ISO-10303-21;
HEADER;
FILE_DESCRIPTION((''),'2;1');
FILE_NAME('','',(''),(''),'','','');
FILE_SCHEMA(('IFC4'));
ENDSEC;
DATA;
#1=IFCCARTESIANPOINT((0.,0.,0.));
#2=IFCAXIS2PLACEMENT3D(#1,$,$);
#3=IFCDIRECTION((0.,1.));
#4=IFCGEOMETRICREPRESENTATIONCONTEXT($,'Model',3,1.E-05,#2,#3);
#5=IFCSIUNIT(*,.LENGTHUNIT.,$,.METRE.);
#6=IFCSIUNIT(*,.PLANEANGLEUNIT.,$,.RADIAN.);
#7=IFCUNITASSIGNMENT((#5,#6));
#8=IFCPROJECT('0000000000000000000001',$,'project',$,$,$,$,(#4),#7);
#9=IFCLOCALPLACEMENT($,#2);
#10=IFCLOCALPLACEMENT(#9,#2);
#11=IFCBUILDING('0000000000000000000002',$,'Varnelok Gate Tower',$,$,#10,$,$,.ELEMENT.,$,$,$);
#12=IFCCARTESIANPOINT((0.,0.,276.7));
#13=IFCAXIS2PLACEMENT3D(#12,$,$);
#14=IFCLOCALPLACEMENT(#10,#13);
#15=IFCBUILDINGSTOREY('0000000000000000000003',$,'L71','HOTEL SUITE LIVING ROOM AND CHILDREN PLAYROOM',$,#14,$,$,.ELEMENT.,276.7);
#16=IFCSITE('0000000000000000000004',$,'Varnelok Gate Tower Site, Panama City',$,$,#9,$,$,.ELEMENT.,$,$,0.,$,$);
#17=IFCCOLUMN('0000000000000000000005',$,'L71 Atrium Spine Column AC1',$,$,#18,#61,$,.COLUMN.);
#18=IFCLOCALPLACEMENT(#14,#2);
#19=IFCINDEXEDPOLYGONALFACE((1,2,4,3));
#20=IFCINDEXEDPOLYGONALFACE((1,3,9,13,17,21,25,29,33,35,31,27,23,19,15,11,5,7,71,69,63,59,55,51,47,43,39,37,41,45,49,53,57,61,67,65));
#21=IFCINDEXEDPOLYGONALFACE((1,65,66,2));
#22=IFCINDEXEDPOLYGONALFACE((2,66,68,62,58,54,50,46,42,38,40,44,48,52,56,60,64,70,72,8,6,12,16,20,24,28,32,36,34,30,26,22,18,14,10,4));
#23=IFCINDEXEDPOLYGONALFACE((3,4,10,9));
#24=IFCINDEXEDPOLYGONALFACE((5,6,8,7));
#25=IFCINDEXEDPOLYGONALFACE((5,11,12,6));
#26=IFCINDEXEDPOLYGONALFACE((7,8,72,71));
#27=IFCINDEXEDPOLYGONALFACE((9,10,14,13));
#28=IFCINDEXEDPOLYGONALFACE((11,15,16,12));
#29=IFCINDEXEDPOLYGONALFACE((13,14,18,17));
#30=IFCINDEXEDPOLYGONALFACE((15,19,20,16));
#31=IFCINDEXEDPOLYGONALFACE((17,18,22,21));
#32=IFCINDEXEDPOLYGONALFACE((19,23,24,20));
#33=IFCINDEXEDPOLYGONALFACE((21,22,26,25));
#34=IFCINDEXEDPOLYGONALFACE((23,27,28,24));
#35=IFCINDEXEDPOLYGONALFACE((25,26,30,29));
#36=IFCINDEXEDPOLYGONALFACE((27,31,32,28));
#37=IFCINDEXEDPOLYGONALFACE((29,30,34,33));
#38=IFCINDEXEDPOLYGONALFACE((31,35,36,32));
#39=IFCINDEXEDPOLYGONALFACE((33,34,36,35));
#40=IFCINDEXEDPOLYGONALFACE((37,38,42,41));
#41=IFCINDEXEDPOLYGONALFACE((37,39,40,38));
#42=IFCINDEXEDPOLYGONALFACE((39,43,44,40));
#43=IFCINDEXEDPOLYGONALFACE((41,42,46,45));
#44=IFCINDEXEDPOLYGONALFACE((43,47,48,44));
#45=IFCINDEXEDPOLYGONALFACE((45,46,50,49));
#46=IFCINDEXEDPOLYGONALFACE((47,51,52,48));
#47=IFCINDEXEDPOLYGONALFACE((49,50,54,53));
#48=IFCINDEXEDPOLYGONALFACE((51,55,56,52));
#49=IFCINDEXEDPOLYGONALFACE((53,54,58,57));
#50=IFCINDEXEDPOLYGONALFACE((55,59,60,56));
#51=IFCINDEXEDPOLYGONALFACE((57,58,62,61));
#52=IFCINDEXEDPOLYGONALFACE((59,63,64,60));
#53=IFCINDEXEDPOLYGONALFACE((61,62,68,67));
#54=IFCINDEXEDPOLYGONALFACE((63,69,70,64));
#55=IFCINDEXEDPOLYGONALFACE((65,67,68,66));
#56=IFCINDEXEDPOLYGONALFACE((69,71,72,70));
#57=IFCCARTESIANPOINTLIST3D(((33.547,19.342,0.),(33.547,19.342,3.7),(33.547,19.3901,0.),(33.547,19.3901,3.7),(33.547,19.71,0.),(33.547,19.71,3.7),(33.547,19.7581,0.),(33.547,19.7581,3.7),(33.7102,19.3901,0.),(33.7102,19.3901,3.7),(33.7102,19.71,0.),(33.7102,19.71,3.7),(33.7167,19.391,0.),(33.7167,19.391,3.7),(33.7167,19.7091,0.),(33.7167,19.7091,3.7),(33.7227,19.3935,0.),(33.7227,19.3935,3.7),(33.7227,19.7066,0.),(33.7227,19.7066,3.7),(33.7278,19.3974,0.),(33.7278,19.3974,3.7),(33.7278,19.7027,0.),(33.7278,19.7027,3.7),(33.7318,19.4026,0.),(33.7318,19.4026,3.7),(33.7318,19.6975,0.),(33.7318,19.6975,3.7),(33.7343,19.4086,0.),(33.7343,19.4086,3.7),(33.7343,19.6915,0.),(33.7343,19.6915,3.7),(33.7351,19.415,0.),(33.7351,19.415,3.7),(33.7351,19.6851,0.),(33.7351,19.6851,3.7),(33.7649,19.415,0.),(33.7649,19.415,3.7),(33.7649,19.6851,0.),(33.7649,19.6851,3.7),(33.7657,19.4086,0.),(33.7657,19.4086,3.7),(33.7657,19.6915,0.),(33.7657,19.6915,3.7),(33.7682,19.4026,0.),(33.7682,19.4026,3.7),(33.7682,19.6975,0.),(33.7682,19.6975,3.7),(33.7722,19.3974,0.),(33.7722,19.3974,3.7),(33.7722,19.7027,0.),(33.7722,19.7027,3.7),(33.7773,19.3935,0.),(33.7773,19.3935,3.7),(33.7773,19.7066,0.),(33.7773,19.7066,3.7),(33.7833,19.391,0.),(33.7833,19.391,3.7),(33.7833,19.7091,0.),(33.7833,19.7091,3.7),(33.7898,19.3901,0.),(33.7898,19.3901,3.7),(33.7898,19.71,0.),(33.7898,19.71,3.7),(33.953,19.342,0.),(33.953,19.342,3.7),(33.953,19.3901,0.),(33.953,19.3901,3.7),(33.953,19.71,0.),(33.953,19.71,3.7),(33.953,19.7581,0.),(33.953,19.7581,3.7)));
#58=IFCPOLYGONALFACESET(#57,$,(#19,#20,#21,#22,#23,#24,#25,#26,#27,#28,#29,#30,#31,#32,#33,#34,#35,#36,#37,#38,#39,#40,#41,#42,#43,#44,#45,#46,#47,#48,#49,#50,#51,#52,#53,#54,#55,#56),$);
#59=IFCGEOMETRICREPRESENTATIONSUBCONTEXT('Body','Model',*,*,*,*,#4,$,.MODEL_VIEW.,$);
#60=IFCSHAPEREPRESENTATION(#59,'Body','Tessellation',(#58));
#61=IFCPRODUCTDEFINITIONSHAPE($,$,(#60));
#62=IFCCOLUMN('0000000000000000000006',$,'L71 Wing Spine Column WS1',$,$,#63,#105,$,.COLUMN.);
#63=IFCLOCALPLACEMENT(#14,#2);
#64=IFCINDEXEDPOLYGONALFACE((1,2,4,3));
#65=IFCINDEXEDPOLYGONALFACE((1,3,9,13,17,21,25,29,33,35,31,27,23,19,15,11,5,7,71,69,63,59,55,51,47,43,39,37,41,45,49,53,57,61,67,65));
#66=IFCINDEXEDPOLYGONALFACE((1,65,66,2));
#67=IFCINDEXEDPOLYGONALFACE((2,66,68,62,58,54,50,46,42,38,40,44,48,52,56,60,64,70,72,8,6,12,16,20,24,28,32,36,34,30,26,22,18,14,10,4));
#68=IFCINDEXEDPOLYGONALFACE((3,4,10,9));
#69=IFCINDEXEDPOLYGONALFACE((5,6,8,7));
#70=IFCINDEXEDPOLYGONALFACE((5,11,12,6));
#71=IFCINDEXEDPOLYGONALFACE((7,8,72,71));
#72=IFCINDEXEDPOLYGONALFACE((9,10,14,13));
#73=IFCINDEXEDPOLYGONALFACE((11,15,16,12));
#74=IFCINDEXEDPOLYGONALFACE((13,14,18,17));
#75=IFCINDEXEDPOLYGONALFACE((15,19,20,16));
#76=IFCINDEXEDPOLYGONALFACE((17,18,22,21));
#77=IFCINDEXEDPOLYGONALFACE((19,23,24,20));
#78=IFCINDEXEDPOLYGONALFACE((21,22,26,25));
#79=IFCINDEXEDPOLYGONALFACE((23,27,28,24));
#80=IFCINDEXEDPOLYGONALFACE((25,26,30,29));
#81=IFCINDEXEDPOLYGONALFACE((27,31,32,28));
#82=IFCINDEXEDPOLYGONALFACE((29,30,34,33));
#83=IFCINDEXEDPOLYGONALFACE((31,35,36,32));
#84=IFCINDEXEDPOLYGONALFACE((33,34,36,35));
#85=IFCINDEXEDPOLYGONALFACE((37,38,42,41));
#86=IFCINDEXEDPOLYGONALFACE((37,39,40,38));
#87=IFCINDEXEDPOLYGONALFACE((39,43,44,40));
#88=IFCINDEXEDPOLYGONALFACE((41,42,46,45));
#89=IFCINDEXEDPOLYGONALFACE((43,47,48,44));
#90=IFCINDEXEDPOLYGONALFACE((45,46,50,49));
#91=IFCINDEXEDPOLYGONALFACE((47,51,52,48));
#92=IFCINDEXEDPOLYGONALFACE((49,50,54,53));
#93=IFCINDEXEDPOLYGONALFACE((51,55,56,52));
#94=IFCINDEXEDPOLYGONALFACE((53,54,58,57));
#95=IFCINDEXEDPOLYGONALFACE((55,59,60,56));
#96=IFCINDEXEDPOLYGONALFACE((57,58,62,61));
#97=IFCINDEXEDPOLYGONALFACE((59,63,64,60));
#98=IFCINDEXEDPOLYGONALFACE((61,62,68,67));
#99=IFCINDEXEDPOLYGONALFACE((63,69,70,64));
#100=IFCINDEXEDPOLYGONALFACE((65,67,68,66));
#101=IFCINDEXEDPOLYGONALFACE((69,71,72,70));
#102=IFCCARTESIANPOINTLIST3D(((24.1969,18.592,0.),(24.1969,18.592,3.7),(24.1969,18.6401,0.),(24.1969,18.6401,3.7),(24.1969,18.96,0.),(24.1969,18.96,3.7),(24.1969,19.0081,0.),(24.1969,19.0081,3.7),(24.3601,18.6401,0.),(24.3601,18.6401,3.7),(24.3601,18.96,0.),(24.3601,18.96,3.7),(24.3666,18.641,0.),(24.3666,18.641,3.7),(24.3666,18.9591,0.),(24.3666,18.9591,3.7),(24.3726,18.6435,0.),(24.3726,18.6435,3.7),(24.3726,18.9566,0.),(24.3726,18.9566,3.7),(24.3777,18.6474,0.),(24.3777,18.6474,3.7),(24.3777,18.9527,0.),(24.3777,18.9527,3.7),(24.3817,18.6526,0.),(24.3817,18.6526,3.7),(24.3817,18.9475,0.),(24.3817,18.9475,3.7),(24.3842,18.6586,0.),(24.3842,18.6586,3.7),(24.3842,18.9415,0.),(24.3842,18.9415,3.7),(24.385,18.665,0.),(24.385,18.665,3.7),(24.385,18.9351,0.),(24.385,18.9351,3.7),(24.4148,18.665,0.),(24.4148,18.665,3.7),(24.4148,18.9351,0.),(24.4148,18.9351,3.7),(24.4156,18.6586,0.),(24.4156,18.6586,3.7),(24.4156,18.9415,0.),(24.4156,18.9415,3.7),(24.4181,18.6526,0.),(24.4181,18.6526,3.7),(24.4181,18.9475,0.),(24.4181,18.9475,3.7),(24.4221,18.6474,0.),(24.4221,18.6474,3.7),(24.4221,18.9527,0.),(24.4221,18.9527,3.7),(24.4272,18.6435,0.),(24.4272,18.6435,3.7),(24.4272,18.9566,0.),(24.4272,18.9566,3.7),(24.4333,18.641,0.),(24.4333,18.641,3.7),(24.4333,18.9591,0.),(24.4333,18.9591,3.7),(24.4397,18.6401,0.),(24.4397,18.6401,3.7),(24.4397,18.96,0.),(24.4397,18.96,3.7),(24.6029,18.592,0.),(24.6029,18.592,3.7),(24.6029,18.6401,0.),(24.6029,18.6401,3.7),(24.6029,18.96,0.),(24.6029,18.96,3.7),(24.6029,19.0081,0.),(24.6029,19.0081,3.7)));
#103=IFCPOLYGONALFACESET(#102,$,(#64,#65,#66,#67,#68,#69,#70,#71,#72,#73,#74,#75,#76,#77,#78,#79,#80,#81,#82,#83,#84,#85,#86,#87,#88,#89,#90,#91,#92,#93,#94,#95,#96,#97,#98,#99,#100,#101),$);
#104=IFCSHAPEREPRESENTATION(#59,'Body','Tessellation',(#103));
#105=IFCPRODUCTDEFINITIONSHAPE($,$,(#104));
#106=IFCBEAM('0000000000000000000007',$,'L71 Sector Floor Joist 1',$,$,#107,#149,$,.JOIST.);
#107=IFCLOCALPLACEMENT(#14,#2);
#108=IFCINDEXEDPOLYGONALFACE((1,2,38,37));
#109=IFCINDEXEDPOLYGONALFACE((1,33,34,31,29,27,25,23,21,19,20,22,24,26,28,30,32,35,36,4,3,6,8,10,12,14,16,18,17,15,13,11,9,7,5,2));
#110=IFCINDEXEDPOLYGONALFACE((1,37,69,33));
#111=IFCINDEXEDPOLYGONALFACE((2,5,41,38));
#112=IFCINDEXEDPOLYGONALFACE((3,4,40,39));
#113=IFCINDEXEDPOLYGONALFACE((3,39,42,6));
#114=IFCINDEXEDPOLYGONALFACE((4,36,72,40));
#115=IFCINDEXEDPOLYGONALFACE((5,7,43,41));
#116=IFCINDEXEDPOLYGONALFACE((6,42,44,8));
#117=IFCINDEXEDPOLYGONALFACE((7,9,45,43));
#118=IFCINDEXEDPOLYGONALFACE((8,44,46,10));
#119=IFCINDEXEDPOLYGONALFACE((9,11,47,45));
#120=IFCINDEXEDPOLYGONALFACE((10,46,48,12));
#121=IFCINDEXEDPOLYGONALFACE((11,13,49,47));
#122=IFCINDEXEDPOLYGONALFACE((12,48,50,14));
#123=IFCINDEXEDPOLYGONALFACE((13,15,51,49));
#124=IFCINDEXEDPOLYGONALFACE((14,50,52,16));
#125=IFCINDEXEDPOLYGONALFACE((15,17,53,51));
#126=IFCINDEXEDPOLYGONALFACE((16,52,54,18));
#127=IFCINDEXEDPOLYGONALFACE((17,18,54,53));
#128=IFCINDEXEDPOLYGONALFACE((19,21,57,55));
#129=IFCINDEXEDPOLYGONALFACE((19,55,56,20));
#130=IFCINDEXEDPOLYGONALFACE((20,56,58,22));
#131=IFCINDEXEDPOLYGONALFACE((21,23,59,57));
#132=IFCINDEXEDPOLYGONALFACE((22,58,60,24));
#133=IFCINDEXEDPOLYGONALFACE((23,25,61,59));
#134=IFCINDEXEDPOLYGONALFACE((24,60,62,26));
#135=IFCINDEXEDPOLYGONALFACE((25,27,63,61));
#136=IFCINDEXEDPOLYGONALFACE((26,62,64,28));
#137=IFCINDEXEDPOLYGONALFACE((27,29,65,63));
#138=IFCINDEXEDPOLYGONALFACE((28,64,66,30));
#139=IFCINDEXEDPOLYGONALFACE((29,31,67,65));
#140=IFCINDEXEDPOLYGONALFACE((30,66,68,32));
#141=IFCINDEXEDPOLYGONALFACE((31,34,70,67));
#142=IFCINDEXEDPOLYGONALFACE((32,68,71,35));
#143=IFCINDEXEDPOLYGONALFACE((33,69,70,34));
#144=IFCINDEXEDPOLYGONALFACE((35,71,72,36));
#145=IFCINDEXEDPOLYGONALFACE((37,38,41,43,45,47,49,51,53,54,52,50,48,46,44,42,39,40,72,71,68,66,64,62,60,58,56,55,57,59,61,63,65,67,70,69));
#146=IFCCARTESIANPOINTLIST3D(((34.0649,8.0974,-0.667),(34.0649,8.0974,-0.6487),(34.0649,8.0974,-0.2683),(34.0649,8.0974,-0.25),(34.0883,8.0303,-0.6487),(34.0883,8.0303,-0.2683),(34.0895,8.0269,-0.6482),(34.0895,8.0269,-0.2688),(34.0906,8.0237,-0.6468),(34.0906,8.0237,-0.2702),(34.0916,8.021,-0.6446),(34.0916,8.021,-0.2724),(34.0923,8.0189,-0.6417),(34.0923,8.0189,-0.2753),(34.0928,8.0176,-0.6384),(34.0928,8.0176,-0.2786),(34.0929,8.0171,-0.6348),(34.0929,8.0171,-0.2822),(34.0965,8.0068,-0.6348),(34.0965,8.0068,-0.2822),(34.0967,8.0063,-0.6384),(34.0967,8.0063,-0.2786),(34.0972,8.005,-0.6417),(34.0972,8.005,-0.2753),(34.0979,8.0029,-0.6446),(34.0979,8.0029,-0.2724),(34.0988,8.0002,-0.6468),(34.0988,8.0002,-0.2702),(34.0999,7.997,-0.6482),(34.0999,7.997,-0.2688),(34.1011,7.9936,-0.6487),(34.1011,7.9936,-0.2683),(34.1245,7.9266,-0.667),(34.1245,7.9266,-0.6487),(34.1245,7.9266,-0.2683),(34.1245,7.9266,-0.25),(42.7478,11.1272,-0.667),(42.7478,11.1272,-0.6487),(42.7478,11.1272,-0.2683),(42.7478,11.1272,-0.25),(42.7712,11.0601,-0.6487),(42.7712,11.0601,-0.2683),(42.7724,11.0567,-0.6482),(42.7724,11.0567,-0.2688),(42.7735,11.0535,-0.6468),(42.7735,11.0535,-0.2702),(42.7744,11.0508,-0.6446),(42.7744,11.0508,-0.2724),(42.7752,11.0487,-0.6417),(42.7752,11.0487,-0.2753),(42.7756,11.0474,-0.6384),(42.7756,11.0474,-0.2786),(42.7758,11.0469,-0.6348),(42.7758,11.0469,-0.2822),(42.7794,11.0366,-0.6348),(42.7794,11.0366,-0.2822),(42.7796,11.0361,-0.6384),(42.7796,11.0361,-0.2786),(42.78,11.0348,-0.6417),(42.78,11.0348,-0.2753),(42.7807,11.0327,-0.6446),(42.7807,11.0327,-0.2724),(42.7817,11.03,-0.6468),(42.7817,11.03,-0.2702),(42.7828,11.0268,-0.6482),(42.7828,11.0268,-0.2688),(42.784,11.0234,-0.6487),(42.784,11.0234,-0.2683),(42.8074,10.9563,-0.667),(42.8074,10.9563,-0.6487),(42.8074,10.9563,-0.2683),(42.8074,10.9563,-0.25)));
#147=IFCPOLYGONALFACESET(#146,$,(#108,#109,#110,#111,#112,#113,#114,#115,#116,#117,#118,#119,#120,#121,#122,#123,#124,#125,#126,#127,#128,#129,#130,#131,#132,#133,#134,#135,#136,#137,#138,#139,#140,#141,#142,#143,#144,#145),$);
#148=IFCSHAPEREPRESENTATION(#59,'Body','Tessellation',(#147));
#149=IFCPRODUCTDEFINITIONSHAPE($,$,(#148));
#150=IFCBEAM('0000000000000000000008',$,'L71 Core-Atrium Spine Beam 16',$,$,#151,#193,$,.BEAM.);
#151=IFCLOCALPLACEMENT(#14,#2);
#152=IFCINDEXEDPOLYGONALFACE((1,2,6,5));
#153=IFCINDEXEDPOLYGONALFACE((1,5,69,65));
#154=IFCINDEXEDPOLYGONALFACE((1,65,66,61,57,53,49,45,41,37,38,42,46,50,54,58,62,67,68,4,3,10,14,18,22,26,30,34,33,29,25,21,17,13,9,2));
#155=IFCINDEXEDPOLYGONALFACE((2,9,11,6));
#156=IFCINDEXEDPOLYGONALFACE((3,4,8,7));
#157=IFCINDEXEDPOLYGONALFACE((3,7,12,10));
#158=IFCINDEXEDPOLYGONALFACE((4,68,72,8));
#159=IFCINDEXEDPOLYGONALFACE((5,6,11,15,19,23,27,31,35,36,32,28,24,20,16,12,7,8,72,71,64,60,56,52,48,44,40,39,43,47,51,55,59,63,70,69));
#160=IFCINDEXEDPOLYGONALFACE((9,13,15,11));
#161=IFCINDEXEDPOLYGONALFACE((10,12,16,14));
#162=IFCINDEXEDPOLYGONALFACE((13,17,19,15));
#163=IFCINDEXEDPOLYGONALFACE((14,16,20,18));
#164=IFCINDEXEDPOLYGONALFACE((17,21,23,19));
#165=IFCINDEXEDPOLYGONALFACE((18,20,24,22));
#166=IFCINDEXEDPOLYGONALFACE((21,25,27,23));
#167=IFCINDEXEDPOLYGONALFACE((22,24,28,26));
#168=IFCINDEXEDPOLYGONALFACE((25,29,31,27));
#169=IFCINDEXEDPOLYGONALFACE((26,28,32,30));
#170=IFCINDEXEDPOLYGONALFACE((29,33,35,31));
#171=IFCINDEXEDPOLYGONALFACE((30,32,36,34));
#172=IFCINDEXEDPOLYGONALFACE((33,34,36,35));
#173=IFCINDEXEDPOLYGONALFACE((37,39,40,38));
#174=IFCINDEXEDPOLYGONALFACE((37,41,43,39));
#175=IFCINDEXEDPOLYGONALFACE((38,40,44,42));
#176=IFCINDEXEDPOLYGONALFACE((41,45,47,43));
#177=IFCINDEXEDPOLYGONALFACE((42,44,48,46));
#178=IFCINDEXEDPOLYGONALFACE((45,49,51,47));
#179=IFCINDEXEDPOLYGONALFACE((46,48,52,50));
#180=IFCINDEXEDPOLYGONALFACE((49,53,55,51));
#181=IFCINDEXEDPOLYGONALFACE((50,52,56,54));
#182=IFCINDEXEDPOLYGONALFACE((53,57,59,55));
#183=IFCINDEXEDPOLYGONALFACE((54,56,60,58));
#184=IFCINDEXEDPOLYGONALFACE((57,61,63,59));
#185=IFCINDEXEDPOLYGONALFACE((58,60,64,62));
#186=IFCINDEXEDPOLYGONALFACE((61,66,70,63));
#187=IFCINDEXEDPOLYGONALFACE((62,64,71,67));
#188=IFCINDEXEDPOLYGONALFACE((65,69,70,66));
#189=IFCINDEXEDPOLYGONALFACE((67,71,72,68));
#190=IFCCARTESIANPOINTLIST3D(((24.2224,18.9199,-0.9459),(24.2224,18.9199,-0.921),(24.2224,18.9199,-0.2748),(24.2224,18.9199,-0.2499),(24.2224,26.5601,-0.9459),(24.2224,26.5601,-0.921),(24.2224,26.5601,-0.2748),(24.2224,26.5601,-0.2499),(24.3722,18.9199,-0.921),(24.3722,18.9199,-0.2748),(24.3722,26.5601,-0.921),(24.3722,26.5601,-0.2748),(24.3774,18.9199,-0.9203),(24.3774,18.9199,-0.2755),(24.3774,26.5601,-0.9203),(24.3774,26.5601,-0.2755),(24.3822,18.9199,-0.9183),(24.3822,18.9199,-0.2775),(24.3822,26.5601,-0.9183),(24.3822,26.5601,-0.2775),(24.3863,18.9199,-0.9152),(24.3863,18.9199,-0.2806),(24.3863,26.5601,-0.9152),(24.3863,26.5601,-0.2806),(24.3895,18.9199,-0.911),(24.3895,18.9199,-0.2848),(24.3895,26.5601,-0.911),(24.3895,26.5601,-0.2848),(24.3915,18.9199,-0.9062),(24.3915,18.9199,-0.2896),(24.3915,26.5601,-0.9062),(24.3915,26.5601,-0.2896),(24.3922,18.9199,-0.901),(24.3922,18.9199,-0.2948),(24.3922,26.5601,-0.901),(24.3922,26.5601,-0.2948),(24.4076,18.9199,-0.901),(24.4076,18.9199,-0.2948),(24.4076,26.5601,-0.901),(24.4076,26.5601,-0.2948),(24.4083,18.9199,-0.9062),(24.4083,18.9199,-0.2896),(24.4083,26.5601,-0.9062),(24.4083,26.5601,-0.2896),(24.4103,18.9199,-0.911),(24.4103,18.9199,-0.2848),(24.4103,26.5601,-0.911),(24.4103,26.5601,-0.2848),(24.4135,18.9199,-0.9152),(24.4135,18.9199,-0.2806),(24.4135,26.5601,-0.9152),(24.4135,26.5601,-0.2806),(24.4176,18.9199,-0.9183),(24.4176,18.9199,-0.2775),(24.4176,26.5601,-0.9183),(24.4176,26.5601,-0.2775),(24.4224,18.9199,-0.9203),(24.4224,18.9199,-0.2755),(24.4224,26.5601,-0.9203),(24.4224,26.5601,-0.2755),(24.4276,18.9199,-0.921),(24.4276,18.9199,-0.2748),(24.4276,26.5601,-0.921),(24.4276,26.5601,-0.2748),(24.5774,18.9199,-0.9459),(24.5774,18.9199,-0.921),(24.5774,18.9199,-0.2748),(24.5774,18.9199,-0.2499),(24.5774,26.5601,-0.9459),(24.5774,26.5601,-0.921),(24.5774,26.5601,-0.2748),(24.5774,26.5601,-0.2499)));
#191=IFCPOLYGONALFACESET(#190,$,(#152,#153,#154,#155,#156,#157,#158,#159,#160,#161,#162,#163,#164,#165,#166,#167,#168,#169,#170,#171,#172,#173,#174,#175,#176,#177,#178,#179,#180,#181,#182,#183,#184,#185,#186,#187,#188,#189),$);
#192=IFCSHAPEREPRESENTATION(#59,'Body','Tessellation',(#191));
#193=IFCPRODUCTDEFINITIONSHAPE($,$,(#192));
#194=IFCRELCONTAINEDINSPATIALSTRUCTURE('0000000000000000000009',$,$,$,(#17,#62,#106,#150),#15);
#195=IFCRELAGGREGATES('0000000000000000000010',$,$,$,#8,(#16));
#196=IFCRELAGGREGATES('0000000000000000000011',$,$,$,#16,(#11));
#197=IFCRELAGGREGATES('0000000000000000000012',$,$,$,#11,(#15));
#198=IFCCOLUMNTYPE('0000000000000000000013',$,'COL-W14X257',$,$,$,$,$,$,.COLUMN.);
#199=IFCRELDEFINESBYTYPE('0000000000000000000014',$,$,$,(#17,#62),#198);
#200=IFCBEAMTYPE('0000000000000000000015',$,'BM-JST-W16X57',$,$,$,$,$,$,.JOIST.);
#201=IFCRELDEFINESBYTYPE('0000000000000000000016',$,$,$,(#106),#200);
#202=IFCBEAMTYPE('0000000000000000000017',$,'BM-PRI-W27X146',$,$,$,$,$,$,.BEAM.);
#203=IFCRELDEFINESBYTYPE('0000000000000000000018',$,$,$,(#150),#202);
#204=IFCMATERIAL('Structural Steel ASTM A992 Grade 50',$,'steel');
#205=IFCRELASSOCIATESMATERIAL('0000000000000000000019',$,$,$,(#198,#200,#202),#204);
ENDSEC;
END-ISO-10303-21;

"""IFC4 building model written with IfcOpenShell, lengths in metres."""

from ifc_helpers import new_model, si_unit, direction, frame, origin, origin_2d, place, context, subcontext, project, spatial, i_section, extrude, material, material_profile, profile_set, type_object, element, save


model = new_model("IFC4")

# Units and contexts
model_context = context("Model", 3, precision=1e-05, world=origin(), true_north=direction((0.0, 1.0)))
body_context = subcontext(model_context, "Body", "Model", "MODEL_VIEW")
ifc_project = project(units=[si_unit("LENGTHUNIT", "METRE"), si_unit("PLANEANGLEUNIT", "RADIAN")], contexts=[model_context])

# Site, building, storey
site_placement = place(None, origin())
site = spatial("IfcSite", under=ifc_project, at=site_placement, Name="Varnelok Gate Tower Site, Panama City", CompositionType="ELEMENT", RefElevation=0.0)
building_placement = place(site_placement, origin())
building = spatial("IfcBuilding", under=site, at=building_placement, Name="Varnelok Gate Tower", CompositionType="ELEMENT")
storey_placement = place(building_placement, frame((0.0, 0.0, 276.7)))
storey = spatial("IfcBuildingStorey", under=building, at=storey_placement, Name="L71", Description="HOTEL SUITE LIVING ROOM AND CHILDREN PLAYROOM", CompositionType="ELEMENT", Elevation=276.7)

# Columns
ifc_material_1 = material(Name="Structural Steel ASTM A992 Grade 50", Category="steel")
ifc_material_profile_1 = material_profile(ifc_material_1, i_section(OverallWidth=0.406, OverallDepth=0.416, WebThickness=0.0298, FlangeThickness=0.0481, FilletRadius=0.0249, at=origin_2d()), Name="W14X257")
ifc_profile_set_1 = profile_set([ifc_material_profile_1], Name="Structural Steel ASTM A992 Grade 50")
column_type = type_object("IfcColumnType", Name="COL-W14X257", PredefinedType="COLUMN", material=ifc_profile_set_1)
for number, where, z_axis, x_axis, name in (
    (1, (33.75, 19.55, 0.0), (0.0, 0.0, 1.0), (1.0, 0.0, 0.0), "L71 Atrium Spine Column AC1"),
    (2, (24.3999, 18.8, 0.0), (0.0, 0.0, 1.0), (1.0, 0.0, 0.0), "L71 Wing Spine Column WS1"),
):
    element("IfcColumn", number, at=place(storey_placement, frame(where, z_axis=z_axis, x_axis=x_axis)), inside=storey, type_object=column_type, Name=name, PredefinedType="COLUMN", context=body_context, shape_type="SweptSolid", body=[
        extrude(i_section(OverallWidth=0.406, OverallDepth=0.416, WebThickness=0.0298, FlangeThickness=0.0481, FilletRadius=0.0249, at=origin_2d()), origin(), (0.0, 0.0, 1.0), 3.7),
    ])

# Beams
ifc_material_profile_2 = material_profile(ifc_material_1, i_section(OverallWidth=0.1809, OverallDepth=0.417, WebThickness=0.011, FlangeThickness=0.0183, FilletRadius=0.0139, at=origin_2d()), Name="W16X57")
ifc_profile_set_2 = profile_set([ifc_material_profile_2], Name="Structural Steel ASTM A992 Grade 50")
beam_type_1 = type_object("IfcBeamType", Name="BM-JST-W16X57", PredefinedType="JOIST", material=ifc_profile_set_2)
beam_1_placement = place(storey_placement, frame((34.0947, 8.012, -0.4585), z_axis=(0.94417, 0.329457, 0.0), x_axis=(-0.329457, 0.94417, 0.0)))
element("IfcBeam", 3, at=beam_1_placement, inside=storey, type_object=beam_type_1, Name="L71 Sector Floor Joist 1", PredefinedType="JOIST", context=body_context, shape_type="SweptSolid", body=[
    extrude(i_section(OverallWidth=0.1809, OverallDepth=0.417, WebThickness=0.011, FlangeThickness=0.0183, FilletRadius=0.0139, at=origin_2d()), origin(), (0.0, 0.0, 1.0), 9.1963),
])
ifc_material_profile_3 = material_profile(ifc_material_1, i_section(OverallWidth=0.355, OverallDepth=0.696, WebThickness=0.0154, FlangeThickness=0.0249, FilletRadius=0.02, at=origin_2d()), Name="W27X146")
ifc_profile_set_3 = profile_set([ifc_material_profile_3], Name="Structural Steel ASTM A992 Grade 50")
beam_type_2 = type_object("IfcBeamType", Name="BM-PRI-W27X146", PredefinedType="BEAM", material=ifc_profile_set_3)
beam_2_placement = place(storey_placement, frame((24.3999, 18.9199, -0.5979), z_axis=(0.0, 1.0, 0.0), x_axis=(-1.0, 0.0, 0.0)))
element("IfcBeam", 4, at=beam_2_placement, inside=storey, type_object=beam_type_2, Name="L71 Core-Atrium Spine Beam 16", PredefinedType="BEAM", context=body_context, shape_type="SweptSolid", body=[
    extrude(i_section(OverallWidth=0.355, OverallDepth=0.696, WebThickness=0.0154, FlangeThickness=0.0249, FilletRadius=0.02, at=origin_2d()), origin(), (0.0, 0.0, 1.0), 7.6401),
])

save(model, "model.ifc")
